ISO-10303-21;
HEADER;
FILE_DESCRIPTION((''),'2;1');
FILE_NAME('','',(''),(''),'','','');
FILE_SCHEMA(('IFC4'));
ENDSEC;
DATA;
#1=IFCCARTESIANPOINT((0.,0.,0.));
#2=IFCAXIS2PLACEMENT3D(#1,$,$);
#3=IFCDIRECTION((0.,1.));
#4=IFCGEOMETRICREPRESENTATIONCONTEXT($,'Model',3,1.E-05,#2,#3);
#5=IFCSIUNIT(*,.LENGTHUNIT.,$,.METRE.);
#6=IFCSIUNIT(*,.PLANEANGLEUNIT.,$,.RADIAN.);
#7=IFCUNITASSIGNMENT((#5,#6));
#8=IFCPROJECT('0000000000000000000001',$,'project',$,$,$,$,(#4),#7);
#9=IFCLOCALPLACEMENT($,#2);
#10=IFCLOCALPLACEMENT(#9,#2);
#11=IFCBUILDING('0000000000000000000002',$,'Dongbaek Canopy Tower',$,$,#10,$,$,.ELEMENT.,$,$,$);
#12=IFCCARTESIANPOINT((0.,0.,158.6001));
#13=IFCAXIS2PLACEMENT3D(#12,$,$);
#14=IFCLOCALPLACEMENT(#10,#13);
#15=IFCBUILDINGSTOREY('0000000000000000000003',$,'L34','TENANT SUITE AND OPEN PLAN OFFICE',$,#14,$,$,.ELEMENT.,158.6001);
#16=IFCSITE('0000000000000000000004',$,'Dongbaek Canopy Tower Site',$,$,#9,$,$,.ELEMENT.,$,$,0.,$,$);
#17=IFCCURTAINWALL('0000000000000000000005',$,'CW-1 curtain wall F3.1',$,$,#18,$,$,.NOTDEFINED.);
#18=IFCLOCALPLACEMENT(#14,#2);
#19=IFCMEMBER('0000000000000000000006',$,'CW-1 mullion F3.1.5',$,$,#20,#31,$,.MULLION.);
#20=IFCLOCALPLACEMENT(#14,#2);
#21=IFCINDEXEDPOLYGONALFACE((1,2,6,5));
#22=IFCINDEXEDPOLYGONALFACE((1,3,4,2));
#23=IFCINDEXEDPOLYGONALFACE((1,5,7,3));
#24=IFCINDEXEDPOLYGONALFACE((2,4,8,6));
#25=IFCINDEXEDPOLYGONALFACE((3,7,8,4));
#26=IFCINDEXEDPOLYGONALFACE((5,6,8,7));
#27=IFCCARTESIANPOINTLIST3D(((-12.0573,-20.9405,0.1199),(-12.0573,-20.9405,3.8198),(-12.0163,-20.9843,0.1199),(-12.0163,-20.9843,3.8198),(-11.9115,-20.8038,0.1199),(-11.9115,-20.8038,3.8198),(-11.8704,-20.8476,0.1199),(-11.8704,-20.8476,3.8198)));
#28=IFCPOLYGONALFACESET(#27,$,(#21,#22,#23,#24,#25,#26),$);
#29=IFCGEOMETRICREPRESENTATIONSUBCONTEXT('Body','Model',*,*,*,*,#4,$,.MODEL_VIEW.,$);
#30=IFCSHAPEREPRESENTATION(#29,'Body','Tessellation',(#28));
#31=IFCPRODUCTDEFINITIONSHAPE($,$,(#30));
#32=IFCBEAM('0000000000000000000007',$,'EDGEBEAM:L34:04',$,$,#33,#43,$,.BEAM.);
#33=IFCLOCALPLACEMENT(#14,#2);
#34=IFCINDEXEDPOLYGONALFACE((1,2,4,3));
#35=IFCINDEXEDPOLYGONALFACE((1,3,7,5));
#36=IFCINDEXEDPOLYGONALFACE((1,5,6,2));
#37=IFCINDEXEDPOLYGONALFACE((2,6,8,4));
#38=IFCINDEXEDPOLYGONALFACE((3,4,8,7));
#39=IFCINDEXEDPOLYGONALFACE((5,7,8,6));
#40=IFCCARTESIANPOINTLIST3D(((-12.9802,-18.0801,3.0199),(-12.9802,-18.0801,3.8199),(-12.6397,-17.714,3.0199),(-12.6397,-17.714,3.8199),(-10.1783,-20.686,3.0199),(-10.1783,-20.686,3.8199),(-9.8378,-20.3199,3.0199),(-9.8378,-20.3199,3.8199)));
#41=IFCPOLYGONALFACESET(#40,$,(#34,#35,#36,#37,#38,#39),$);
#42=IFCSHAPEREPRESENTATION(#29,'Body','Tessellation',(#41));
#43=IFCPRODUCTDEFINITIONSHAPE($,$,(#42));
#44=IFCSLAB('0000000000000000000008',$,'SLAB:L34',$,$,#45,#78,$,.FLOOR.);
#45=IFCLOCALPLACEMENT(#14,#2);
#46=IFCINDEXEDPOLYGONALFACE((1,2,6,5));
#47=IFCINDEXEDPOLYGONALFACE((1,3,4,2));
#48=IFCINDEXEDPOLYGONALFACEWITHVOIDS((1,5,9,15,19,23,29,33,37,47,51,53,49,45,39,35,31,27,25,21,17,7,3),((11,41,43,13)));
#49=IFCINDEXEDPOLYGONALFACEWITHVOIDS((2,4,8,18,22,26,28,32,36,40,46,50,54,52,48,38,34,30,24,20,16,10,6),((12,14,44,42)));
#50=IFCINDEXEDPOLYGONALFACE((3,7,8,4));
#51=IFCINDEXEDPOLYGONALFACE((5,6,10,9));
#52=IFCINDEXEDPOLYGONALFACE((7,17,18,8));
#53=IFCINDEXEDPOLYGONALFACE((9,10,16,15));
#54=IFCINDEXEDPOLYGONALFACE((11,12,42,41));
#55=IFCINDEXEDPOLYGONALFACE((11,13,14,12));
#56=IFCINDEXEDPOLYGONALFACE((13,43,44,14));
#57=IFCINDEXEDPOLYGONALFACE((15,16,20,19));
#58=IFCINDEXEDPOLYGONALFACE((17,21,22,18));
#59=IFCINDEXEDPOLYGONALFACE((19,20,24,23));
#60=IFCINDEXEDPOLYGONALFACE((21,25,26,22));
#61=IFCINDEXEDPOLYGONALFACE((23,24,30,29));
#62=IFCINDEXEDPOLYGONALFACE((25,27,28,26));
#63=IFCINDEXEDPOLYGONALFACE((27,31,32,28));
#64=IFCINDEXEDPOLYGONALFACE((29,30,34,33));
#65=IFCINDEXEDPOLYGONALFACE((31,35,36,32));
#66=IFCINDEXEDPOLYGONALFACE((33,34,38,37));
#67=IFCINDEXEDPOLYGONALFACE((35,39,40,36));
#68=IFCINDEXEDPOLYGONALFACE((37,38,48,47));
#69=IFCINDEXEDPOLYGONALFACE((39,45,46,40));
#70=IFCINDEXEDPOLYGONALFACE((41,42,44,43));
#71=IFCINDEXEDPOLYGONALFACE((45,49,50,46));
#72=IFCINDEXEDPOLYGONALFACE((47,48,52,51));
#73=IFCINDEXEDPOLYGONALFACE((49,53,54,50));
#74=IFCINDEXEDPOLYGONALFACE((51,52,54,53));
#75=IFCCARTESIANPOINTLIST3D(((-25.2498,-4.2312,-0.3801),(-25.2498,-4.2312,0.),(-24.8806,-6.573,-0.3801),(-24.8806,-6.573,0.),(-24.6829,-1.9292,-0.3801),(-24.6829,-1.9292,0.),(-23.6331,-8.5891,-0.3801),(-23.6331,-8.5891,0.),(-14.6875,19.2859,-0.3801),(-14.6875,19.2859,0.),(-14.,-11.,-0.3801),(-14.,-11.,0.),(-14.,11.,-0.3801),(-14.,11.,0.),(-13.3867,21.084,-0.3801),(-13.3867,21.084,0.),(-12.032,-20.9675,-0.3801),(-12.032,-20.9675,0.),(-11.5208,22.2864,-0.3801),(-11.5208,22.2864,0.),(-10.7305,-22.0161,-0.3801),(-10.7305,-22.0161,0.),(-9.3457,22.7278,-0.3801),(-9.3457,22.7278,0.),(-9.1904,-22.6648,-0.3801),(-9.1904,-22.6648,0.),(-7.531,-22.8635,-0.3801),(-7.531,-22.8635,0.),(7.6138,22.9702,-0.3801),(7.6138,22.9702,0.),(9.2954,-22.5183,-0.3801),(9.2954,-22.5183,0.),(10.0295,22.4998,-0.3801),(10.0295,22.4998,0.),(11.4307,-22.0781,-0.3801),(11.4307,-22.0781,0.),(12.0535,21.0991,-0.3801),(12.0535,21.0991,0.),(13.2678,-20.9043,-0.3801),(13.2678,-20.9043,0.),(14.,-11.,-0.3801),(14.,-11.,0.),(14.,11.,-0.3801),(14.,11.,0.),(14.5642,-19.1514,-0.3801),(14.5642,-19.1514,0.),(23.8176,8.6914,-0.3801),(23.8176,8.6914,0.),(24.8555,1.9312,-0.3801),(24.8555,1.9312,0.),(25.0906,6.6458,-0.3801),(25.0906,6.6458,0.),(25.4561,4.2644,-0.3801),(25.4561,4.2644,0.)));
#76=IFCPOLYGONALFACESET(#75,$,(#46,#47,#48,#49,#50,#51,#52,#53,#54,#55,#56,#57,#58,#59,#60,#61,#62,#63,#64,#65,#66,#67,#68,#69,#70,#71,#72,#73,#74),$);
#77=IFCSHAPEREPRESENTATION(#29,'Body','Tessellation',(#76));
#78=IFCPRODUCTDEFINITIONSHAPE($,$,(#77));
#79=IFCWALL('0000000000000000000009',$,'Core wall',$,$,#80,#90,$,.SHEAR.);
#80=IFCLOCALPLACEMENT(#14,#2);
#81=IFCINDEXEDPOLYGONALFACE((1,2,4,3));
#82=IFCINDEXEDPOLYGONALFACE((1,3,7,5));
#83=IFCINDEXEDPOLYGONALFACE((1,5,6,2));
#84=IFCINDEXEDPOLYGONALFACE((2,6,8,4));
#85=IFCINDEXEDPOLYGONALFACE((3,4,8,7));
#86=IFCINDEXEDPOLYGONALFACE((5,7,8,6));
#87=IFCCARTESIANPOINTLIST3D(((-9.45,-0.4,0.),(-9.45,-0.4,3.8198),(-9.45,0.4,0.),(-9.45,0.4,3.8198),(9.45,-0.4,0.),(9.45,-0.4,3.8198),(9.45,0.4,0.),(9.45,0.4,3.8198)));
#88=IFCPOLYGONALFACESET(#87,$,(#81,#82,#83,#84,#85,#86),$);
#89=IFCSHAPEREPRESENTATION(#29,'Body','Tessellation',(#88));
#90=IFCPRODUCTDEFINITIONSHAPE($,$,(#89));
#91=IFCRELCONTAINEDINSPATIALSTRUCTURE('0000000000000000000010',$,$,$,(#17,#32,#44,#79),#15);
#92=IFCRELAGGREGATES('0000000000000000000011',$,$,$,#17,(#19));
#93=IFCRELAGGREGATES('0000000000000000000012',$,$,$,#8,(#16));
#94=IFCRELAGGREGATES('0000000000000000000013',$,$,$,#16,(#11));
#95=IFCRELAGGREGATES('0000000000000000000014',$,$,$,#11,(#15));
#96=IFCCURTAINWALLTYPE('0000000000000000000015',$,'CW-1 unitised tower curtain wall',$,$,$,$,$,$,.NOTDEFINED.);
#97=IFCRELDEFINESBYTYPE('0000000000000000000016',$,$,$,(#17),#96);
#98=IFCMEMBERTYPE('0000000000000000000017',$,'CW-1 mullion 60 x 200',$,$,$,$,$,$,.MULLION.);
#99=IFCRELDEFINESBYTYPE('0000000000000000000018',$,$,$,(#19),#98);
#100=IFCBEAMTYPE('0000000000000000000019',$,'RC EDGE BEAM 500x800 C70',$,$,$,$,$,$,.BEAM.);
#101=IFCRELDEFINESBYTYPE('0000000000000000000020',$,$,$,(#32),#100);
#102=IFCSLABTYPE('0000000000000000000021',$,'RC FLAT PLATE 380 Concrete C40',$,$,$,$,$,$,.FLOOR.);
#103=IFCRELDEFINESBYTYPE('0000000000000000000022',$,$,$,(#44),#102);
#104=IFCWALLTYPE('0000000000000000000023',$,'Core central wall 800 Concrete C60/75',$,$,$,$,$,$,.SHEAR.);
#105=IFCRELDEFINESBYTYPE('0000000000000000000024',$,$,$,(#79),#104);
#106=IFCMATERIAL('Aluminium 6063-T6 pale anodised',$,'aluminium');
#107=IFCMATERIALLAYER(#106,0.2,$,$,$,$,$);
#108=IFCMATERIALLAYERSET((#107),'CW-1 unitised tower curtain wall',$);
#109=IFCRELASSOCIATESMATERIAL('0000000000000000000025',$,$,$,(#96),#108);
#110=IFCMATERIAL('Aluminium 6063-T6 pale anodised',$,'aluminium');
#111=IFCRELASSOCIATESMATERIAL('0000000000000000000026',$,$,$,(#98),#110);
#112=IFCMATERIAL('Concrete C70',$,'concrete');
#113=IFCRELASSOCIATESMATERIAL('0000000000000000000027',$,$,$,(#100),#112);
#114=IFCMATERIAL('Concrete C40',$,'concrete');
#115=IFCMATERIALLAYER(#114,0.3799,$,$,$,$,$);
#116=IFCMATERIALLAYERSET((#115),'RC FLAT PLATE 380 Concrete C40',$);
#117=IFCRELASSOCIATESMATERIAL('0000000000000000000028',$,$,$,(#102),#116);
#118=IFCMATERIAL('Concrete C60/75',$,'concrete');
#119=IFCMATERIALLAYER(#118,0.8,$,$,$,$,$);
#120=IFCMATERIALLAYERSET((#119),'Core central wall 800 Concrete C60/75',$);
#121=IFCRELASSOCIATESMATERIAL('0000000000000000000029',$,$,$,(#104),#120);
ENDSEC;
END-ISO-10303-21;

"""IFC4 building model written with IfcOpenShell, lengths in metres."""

from ifc_helpers import new_model, si_unit, direction, frame, frame_2d, origin, origin_2d, place, context, subcontext, project, spatial, polyline, rectangle, outline, extrude, material, layer, layer_set, material_profile, profile_set, type_object, element, aggregate, save


model = new_model("IFC4")

# Units and contexts
model_context = context("Model", 3, precision=1e-05, world=origin(), true_north=direction((0.0, 1.0)))
body_context = subcontext(model_context, "Body", "Model", "MODEL_VIEW")
ifc_project = project(units=[si_unit("LENGTHUNIT", "METRE"), si_unit("PLANEANGLEUNIT", "RADIAN")], contexts=[model_context])

# Site, building, storey
site_placement = place(None, origin())
site = spatial("IfcSite", under=ifc_project, at=site_placement, Name="Dongbaek Canopy Tower Site", CompositionType="ELEMENT", RefElevation=0.0)
building_placement = place(site_placement, origin())
building = spatial("IfcBuilding", under=site, at=building_placement, Name="Dongbaek Canopy Tower", CompositionType="ELEMENT")
storey_placement = place(building_placement, frame((0.0, 0.0, 158.6001)))
storey = spatial("IfcBuildingStorey", under=building, at=storey_placement, Name="L34", Description="TENANT SUITE AND OPEN PLAN OFFICE", CompositionType="ELEMENT", Elevation=158.6001)

# Curtain wall, member
ifc_material_1 = material(Name="Aluminium 6063-T6 pale anodised", Category="aluminium")
ifc_layer_1 = layer(ifc_material_1, 0.2)
ifc_layer_set_1 = layer_set([ifc_layer_1], Name="CW-1 unitised tower curtain wall")
curtain_wall_type = type_object("IfcCurtainWallType", Name="CW-1 unitised tower curtain wall", PredefinedType="NOTDEFINED", material=ifc_layer_set_1)
curtain_wall_placement = place(storey_placement, origin())
curtain_wall = element("IfcCurtainWall", 1, at=curtain_wall_placement, inside=storey, type_object=curtain_wall_type, Name="CW-1 curtain wall F3.1", PredefinedType="NOTDEFINED")
ifc_material_2 = material(Name="Aluminium 6063-T6 pale anodised", Category="aluminium")
ifc_material_profile_1 = material_profile(ifc_material_2, rectangle(XDim=0.2, YDim=0.0601, at=origin_2d()), Name="CW-1 mullion 60 x 200")
ifc_profile_set_1 = profile_set([ifc_material_profile_1], Name="Aluminium 6063-T6 pale anodised")
member_type = type_object("IfcMemberType", Name="CW-1 mullion 60 x 200", PredefinedType="MULLION", material=ifc_profile_set_1)
member_placement = place(storey_placement, frame((-11.9639, -20.894, 0.1199), z_axis=(0.0, 0.0, 1.0), x_axis=(-0.729649, -0.683822, 0.0)))
member = element("IfcMember", 2, at=member_placement, type_object=member_type, Name="CW-1 mullion F3.1.5", PredefinedType="MULLION", context=body_context, shape_type="SweptSolid", body=[
    extrude(rectangle(XDim=0.2, YDim=0.0601, at=origin_2d()), origin(), (0.0, 0.0, 1.0), 3.7),
])
aggregate(curtain_wall, [member])

# Beam
ifc_material_3 = material(Name="Concrete C70", Category="concrete")
ifc_material_profile_2 = material_profile(ifc_material_3, rectangle(XDim=0.5, YDim=0.8, at=origin_2d()), Name="RC EDGE BEAM 500x800 C70")
ifc_profile_set_2 = profile_set([ifc_material_profile_2], Name="Concrete C70")
beam_type = type_object("IfcBeamType", Name="RC EDGE BEAM 500x800 C70", PredefinedType="BEAM", material=ifc_profile_set_2)
beam_placement = place(storey_placement, frame((-10.0081, -20.5029, 3.4199), z_axis=(-0.732259, 0.681026, 0.0), x_axis=(-0.681026, -0.732259, 0.0)))
element("IfcBeam", 3, at=beam_placement, inside=storey, type_object=beam_type, Name="EDGEBEAM:L34:04", PredefinedType="BEAM", context=body_context, shape_type="SweptSolid", body=[
    extrude(rectangle(XDim=0.5, YDim=0.8, at=origin_2d()), origin(), (0.0, 0.0, 1.0), 3.8264),
])

# Slab
ifc_material_4 = material(Name="Concrete C40", Category="concrete")
ifc_layer_2 = layer(ifc_material_4, 0.3799)
ifc_layer_set_2 = layer_set([ifc_layer_2], Name="RC FLAT PLATE 380 Concrete C40")
slab_type = type_object("IfcSlabType", Name="RC FLAT PLATE 380 Concrete C40", PredefinedType="FLOOR", material=ifc_layer_set_2)
slab_placement = place(storey_placement, frame((0.0, 0.0, -0.3801)))
element("IfcSlab", 4, at=slab_placement, inside=storey, type_object=slab_type, Name="SLAB:L34", PredefinedType="FLOOR", context=body_context, shape_type="SweptSolid", body=[
    extrude(outline(polyline([(14.5642, -19.1514), (13.2678, -20.9043), (11.4307, -22.0781), (9.2954, -22.5183), (-7.531, -22.8635), (-9.1904, -22.6648), (-10.7305, -22.0161), (-12.032, -20.9675), (-23.6331, -8.5891), (-24.8806, -6.573), (-25.2498, -4.2312), (-24.6829, -1.9292), (-14.6875, 19.2859), (-13.3867, 21.084), (-11.5208, 22.2864), (-9.3457, 22.7278), (7.6138, 22.9702), (10.0295, 22.4998), (12.0535, 21.0991), (23.8176, 8.6914), (25.0906, 6.6458), (25.4561, 4.2644), (24.8555, 1.9312), (14.5642, -19.1514)]), holes=[polyline([(14.0, 11.0), (-14.0, 11.0), (-14.0, -11.0), (14.0, -11.0), (14.0, 11.0)])]), origin(), (0.0, 0.0, 1.0), 0.3801),
])

# Wall
ifc_material_5 = material(Name="Concrete C60/75", Category="concrete")
ifc_layer_3 = layer(ifc_material_5, 0.8)
ifc_layer_set_3 = layer_set([ifc_layer_3], Name="Core central wall 800 Concrete C60/75")
wall_type_1 = type_object("IfcWallType", Name="Core central wall 800 Concrete C60/75", PredefinedType="SHEAR", material=ifc_layer_set_3)
wall_1_placement = place(storey_placement, frame((-9.45, 0.0, 0.0), z_axis=(0.0, 0.0, 1.0), x_axis=(1.0, 0.0, 0.0)))
element("IfcWall", 5, at=wall_1_placement, inside=storey, type_object=wall_type_1, Name="Core wall", PredefinedType="SHEAR", context=body_context, shape_type="SweptSolid", body=[
    extrude(rectangle(XDim=18.8999, YDim=0.8, at=frame_2d((9.45, 0.0))), origin(), (0.0, 0.0, 1.0), 3.8198),
])

save(model, "model.ifc")
